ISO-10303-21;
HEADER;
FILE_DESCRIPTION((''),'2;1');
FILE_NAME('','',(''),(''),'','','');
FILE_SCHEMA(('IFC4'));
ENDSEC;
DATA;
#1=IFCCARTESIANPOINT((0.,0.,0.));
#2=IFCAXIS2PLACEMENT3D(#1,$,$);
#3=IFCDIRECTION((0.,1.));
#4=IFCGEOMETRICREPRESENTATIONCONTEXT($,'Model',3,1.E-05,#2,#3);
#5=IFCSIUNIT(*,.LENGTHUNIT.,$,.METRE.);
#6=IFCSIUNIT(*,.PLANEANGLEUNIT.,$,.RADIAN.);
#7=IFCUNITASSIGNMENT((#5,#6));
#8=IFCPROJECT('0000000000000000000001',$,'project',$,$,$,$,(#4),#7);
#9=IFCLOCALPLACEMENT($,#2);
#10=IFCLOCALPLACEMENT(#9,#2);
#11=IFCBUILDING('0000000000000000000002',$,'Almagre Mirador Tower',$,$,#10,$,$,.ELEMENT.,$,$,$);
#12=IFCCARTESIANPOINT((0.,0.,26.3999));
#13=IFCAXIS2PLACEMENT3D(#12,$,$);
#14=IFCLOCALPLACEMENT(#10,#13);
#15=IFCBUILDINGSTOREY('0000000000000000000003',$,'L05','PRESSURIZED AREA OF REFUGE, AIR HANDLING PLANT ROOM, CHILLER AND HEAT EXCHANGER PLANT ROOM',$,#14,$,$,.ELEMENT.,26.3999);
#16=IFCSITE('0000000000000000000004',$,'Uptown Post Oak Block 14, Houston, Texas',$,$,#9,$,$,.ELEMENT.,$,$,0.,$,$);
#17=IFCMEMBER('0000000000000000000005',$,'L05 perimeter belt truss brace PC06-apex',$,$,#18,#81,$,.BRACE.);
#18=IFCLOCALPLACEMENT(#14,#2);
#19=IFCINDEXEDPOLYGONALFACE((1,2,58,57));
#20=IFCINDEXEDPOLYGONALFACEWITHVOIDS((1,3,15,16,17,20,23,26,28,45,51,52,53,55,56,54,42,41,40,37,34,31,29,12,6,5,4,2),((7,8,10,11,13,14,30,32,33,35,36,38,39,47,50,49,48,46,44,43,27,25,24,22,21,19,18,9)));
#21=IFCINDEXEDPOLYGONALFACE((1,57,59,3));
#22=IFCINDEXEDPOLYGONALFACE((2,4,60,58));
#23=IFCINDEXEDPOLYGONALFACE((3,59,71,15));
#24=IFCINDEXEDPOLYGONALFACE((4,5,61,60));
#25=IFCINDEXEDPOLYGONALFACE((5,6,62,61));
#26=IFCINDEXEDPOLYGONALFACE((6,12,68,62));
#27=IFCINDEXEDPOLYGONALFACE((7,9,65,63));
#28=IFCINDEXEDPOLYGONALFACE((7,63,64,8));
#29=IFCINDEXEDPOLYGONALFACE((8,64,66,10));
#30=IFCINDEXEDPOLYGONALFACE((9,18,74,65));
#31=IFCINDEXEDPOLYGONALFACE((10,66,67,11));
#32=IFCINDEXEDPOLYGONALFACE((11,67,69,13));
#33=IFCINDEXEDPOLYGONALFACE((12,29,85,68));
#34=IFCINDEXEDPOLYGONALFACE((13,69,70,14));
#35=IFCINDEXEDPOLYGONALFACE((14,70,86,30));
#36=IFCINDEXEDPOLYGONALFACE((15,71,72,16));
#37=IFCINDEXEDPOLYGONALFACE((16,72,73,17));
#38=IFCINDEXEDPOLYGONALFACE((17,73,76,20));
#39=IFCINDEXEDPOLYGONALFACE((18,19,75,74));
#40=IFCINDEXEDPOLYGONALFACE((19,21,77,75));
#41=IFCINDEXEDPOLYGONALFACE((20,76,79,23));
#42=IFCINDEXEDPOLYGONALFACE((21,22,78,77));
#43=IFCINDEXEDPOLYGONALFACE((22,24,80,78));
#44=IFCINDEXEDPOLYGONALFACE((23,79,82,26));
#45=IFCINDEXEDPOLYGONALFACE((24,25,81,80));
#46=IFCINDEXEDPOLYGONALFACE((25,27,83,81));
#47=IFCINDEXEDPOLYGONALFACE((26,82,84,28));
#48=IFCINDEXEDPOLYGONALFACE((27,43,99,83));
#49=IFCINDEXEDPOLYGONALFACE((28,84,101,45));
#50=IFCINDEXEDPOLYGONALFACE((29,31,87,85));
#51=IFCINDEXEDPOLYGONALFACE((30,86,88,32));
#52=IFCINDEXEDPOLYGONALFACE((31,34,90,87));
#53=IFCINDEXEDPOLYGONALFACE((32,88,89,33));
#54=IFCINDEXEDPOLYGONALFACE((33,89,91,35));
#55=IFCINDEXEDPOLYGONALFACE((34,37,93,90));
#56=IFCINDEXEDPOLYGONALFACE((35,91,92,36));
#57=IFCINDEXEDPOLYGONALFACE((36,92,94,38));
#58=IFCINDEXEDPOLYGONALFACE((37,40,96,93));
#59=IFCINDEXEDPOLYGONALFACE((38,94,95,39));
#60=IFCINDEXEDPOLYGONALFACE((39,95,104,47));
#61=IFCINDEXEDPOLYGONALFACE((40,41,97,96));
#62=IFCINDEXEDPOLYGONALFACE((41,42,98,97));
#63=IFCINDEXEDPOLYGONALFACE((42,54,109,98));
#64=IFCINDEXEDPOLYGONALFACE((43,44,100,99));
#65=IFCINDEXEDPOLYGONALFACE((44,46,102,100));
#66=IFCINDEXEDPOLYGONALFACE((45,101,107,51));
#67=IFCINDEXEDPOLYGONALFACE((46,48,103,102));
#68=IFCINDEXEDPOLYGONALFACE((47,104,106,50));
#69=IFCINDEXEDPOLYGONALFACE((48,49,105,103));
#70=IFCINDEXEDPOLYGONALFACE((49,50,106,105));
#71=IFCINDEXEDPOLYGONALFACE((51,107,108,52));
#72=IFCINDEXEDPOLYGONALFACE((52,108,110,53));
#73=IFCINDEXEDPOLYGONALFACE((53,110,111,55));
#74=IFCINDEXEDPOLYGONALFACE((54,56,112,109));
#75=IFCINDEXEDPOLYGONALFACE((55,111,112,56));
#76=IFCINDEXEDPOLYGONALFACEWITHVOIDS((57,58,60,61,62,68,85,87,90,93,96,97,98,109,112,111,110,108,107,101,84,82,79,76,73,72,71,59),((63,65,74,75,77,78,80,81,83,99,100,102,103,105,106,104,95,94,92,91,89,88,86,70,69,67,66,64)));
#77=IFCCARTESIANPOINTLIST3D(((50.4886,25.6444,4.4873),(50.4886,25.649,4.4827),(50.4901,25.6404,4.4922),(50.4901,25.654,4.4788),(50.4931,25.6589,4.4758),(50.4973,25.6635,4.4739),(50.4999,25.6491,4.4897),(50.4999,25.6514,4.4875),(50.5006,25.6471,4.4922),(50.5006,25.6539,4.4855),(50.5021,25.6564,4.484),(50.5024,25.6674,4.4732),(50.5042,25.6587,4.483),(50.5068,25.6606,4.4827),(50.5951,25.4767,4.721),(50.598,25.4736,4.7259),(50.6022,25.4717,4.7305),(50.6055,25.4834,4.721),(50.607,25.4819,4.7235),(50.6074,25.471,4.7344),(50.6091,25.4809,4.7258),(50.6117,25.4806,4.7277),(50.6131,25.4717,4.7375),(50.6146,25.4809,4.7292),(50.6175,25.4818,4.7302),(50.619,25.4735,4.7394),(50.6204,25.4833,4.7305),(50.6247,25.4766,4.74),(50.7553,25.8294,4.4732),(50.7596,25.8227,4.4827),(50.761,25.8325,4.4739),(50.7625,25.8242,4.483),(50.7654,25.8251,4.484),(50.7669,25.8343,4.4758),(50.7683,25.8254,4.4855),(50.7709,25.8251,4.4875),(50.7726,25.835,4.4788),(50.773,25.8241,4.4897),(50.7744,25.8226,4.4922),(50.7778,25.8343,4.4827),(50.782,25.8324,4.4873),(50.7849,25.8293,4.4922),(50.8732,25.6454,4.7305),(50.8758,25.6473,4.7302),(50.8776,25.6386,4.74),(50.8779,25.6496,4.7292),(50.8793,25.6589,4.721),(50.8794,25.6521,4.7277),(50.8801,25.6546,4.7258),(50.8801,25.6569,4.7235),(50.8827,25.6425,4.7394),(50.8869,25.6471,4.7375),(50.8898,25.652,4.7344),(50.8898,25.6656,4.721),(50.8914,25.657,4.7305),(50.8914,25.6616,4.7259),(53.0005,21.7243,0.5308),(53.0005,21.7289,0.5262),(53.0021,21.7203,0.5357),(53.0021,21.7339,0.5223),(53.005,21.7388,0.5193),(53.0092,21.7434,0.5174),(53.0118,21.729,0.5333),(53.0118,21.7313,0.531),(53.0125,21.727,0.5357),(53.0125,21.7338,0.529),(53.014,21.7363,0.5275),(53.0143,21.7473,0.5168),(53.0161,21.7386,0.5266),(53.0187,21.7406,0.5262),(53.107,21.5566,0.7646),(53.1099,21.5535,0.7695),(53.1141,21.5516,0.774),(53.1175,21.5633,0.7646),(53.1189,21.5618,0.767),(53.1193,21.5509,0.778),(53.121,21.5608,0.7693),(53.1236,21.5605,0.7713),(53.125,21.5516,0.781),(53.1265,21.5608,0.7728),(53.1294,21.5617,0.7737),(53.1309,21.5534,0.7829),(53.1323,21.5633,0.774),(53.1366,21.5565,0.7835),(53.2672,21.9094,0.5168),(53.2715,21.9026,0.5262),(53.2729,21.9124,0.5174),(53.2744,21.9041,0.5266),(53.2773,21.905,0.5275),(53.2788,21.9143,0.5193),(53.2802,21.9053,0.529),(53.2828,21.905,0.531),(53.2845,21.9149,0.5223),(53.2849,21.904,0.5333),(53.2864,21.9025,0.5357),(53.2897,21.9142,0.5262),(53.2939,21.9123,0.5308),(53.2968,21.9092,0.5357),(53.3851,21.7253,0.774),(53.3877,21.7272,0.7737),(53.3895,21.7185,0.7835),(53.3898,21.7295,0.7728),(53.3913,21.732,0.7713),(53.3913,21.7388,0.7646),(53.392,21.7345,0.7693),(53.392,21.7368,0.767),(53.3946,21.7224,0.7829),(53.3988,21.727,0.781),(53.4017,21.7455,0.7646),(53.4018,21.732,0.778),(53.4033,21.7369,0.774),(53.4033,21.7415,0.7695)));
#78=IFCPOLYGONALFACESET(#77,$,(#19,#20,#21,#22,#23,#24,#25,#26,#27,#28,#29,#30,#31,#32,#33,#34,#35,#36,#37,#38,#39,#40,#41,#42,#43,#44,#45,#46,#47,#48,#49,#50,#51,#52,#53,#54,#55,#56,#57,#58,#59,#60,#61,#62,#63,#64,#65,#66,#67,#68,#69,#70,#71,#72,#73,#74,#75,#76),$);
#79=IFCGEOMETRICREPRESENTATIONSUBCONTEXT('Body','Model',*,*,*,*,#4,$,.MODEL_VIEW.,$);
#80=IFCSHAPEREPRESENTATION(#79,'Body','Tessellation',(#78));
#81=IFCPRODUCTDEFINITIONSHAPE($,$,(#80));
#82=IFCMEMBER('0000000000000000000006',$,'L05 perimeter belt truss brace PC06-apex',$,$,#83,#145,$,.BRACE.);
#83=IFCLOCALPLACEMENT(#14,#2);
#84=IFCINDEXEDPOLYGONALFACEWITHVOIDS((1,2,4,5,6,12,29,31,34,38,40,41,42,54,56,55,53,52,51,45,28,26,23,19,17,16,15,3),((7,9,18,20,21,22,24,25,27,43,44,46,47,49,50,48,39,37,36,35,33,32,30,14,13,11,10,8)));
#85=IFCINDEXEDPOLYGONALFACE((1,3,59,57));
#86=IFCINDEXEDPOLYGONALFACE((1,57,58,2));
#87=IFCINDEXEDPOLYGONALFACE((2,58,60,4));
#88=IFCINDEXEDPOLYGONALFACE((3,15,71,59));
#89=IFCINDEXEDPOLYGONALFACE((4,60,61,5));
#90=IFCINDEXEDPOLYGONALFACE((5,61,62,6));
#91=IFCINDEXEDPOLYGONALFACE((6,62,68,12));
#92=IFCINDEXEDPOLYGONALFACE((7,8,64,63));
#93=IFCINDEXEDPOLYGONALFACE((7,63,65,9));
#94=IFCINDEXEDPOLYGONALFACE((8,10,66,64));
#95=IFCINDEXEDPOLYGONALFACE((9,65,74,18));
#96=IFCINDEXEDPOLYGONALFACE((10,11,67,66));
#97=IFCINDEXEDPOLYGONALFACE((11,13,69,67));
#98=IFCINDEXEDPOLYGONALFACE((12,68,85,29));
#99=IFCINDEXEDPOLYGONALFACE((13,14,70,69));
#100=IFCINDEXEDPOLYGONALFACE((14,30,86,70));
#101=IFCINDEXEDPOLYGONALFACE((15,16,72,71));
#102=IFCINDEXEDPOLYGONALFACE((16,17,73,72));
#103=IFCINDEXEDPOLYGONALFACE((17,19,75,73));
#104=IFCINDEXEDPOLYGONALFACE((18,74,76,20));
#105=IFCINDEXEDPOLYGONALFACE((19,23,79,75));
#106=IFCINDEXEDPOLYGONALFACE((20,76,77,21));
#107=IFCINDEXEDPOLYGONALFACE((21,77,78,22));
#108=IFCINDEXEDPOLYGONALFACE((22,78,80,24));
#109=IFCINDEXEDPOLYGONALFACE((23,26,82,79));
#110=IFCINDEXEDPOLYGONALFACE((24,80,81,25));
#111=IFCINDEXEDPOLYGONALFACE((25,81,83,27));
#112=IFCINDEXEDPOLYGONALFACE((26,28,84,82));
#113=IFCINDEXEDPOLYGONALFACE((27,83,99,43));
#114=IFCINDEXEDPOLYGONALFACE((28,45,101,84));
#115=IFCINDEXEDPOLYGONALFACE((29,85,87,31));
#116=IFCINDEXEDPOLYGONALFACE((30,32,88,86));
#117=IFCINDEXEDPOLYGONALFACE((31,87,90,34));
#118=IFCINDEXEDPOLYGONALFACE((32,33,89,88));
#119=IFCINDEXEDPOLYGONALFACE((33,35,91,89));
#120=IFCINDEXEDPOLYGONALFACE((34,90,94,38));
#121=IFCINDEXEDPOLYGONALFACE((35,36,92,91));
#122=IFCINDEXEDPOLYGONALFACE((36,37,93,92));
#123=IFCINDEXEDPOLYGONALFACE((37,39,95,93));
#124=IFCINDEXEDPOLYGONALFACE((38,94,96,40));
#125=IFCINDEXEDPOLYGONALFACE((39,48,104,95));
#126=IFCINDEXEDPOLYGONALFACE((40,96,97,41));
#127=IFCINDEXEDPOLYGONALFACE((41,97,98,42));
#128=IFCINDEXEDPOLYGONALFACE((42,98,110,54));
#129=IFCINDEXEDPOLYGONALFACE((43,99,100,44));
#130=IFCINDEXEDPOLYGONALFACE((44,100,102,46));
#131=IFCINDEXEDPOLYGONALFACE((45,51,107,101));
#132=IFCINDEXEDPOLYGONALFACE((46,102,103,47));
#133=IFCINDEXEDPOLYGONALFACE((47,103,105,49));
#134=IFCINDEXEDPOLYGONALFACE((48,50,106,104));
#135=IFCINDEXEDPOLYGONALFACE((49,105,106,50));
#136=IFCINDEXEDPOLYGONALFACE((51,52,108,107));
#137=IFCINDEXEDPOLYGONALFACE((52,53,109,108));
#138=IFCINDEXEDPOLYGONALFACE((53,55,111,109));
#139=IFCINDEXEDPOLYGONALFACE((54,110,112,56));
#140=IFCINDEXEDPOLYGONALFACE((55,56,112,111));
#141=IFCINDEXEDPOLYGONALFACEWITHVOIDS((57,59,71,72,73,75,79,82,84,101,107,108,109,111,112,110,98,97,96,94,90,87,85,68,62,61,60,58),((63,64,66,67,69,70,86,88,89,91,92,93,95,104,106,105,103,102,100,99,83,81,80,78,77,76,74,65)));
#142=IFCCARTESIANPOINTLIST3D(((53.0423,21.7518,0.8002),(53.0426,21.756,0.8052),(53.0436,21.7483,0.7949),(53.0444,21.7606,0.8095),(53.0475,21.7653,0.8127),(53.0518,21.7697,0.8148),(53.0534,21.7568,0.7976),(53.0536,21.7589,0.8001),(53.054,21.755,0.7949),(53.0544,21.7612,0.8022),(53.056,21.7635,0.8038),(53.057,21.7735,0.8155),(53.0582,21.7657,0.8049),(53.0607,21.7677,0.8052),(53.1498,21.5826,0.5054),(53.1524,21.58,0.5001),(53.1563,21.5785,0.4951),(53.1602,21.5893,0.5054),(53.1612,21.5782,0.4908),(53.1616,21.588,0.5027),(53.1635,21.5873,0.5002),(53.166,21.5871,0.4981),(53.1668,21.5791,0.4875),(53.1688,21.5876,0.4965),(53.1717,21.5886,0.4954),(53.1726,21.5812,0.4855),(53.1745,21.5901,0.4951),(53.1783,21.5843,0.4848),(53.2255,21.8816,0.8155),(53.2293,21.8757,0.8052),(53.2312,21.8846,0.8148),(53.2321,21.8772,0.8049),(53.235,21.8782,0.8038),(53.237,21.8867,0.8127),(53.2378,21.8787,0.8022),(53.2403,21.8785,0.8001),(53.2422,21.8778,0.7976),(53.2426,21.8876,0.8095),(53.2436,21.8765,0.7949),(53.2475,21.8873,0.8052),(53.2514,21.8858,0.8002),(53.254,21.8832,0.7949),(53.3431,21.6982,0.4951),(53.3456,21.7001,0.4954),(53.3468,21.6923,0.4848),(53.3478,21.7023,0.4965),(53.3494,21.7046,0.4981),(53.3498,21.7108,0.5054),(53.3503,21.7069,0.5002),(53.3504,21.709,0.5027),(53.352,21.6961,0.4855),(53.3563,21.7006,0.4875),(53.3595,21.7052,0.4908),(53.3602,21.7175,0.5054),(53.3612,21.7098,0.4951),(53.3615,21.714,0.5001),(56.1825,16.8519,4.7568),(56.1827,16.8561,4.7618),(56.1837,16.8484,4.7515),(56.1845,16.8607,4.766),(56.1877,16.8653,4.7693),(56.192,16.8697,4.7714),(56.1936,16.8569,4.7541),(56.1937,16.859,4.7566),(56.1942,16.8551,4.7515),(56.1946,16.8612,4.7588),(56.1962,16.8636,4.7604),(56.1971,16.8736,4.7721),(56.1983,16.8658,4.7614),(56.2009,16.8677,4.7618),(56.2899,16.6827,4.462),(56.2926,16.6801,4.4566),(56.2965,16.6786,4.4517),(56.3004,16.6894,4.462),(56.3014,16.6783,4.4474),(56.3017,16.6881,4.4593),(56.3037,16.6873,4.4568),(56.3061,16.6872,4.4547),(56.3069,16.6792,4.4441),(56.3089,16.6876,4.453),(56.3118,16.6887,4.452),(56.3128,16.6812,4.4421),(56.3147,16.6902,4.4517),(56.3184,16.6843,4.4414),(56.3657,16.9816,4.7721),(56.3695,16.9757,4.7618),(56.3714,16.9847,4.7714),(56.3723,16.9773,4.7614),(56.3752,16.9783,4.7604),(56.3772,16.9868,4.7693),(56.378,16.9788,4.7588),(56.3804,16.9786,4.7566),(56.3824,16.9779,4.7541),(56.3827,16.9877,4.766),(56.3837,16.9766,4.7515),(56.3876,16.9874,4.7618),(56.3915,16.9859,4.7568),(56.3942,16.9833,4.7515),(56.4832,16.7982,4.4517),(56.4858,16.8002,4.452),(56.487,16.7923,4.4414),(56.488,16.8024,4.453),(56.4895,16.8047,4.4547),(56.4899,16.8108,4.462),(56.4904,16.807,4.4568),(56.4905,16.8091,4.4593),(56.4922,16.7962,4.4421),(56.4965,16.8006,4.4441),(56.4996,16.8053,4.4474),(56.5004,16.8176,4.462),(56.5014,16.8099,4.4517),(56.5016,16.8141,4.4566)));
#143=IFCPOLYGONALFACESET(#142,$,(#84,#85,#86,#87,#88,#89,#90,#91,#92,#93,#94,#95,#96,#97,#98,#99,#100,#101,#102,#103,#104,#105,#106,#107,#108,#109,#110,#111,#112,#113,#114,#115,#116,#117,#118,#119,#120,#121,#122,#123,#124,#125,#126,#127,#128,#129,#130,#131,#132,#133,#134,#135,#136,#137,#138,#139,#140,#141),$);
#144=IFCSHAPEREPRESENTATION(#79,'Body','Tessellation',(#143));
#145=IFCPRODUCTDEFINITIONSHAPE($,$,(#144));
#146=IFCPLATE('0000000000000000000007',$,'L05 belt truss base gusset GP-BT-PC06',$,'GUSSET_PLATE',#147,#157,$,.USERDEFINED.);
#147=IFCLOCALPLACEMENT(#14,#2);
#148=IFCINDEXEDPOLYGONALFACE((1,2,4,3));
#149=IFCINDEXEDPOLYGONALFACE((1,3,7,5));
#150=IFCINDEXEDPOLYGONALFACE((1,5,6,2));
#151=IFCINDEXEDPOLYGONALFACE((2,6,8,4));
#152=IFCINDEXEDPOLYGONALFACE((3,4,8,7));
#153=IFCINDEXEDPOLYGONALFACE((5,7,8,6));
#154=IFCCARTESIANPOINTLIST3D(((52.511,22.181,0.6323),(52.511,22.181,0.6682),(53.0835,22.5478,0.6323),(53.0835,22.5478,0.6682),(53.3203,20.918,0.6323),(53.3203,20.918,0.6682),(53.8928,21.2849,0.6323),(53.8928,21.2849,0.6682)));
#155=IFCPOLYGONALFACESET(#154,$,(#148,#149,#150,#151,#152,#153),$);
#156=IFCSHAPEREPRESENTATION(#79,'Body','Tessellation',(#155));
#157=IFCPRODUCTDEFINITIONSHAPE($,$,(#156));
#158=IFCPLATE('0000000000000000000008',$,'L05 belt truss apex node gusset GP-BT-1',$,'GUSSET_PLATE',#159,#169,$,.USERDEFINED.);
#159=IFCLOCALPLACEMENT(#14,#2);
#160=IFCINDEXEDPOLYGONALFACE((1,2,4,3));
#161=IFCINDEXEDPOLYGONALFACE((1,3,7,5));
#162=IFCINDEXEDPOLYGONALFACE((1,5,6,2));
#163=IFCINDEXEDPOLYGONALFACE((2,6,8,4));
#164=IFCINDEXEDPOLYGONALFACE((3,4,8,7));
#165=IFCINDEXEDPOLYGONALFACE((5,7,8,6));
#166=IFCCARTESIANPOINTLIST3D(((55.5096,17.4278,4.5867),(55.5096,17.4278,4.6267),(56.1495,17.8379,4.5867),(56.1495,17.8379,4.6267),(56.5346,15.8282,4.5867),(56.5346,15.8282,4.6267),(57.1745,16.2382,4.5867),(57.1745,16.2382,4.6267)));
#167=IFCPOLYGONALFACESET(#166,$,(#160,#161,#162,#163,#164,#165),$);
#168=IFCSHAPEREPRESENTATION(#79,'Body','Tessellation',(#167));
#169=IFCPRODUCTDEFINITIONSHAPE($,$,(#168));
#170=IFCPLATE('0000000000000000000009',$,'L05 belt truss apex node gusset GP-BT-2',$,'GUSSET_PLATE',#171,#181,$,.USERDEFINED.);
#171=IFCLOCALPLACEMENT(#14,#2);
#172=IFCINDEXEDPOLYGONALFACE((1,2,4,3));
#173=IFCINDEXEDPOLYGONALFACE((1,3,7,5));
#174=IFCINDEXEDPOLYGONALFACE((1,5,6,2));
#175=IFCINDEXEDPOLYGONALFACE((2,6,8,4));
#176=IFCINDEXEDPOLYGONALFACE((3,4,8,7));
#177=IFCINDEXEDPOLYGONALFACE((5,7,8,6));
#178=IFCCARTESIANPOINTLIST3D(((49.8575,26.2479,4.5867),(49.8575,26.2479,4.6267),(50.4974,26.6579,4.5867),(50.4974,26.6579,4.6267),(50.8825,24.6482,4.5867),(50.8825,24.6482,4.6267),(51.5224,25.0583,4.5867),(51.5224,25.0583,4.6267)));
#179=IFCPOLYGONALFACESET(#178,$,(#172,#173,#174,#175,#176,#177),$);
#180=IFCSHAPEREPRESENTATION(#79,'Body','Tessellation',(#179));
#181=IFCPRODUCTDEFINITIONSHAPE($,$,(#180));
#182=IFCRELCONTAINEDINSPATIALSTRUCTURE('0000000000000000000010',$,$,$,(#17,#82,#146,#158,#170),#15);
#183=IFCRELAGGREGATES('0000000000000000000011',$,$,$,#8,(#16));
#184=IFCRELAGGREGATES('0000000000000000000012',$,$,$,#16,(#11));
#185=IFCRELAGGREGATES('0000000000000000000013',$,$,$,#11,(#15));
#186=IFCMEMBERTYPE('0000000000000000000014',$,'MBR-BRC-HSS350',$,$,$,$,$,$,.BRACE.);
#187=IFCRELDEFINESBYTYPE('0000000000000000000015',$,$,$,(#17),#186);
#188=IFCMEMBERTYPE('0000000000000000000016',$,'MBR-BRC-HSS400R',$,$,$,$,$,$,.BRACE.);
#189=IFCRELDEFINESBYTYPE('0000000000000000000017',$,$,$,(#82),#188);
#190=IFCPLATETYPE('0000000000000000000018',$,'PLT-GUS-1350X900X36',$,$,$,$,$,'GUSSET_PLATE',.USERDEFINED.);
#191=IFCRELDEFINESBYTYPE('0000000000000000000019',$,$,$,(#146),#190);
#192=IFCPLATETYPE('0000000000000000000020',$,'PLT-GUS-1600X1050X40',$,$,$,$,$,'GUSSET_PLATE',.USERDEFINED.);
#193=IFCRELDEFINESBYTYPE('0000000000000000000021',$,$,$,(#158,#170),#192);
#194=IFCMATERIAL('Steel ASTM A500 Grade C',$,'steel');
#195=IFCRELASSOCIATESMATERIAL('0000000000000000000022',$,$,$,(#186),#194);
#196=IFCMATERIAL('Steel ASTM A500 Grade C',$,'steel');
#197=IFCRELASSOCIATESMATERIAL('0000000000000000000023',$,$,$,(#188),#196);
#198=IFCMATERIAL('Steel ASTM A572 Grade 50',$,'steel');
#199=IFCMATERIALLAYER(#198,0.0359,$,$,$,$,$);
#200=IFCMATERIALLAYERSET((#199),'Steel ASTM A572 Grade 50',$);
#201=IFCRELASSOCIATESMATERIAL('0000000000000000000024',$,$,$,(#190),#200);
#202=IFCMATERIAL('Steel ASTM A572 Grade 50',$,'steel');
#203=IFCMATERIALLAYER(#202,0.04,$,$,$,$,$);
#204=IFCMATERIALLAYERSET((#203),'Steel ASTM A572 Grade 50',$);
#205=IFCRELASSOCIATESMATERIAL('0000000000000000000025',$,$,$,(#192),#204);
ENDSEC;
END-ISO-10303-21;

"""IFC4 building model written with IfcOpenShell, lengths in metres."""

from ifc_helpers import new_model, si_unit, direction, frame, origin, origin_2d, place, context, subcontext, project, spatial, rectangle, hollow_rectangle, extrude, material, layer, layer_set, material_profile, profile_set, type_object, element, save


model = new_model("IFC4")

# Units and contexts
model_context = context("Model", 3, precision=1e-05, world=origin(), true_north=direction((0.0, 1.0)))
body_context = subcontext(model_context, "Body", "Model", "MODEL_VIEW")
ifc_project = project(units=[si_unit("LENGTHUNIT", "METRE"), si_unit("PLANEANGLEUNIT", "RADIAN")], contexts=[model_context])

# Site, building, storey
site_placement = place(None, origin())
site = spatial("IfcSite", under=ifc_project, at=site_placement, Name="Uptown Post Oak Block 14, Houston, Texas", CompositionType="ELEMENT", RefElevation=0.0)
building_placement = place(site_placement, origin())
building = spatial("IfcBuilding", under=site, at=building_placement, Name="Almagre Mirador Tower", CompositionType="ELEMENT")
storey_placement = place(building_placement, frame((0.0, 0.0, 26.3999)))
storey = spatial("IfcBuildingStorey", under=building, at=storey_placement, Name="L05", Description="PRESSURIZED AREA OF REFUGE, AIR HANDLING PLANT ROOM, CHILLER AND HEAT EXCHANGER PLANT ROOM", CompositionType="ELEMENT", Elevation=26.3999)

# Members
ifc_material_1 = material(Name="Steel ASTM A500 Grade C", Category="steel")
ifc_material_profile_1 = material_profile(ifc_material_1, hollow_rectangle(XDim=0.3501, YDim=0.3501, WallThickness=0.0125, InnerFilletRadius=0.0125, OuterFilletRadius=0.0249, at=origin_2d()), Name="HSS350X350X12.5")
ifc_profile_set_1 = profile_set([ifc_material_profile_1], Name="Steel ASTM A500 Grade C")
member_type_1 = type_object("IfcMemberType", Name="MBR-BRC-HSS350", PredefinedType="BRACE", material=ifc_profile_set_1)
member_1_placement = place(storey_placement, frame((53.2019, 21.7329, 0.6501), z_axis=(-0.411124, 0.6416, 0.647554), x_axis=(-0.841973, -0.539519, 0.0)))
element("IfcMember", 1, at=member_1_placement, inside=storey, type_object=member_type_1, Name="L05 perimeter belt truss brace PC06-apex", PredefinedType="BRACE", context=body_context, shape_type="SweptSolid", body=[
    extrude(hollow_rectangle(XDim=0.3501, YDim=0.3501, WallThickness=0.0125, InnerFilletRadius=0.0125, OuterFilletRadius=0.0249, at=origin_2d()), origin(), (0.0, 0.0, 1.0), 6.1099),
])
ifc_material_2 = material(Name="Steel ASTM A500 Grade C", Category="steel")
ifc_material_profile_2 = material_profile(ifc_material_2, hollow_rectangle(XDim=0.25, YDim=0.3999, WallThickness=0.0125, InnerFilletRadius=0.0125, OuterFilletRadius=0.0249, at=origin_2d()), Name="HSS400X250X12.5")
ifc_profile_set_2 = profile_set([ifc_material_profile_2], Name="Steel ASTM A500 Grade C")
member_type_2 = type_object("IfcMemberType", Name="MBR-BRC-HSS400R", PredefinedType="BRACE", material=ifc_profile_set_2)
member_2_placement = place(storey_placement, frame((53.2019, 21.7329, 0.6501), z_axis=(0.446213, -0.696275, 0.562224), x_axis=(0.841944, 0.539565, 0.0)))
element("IfcMember", 2, at=member_2_placement, inside=storey, type_object=member_type_2, Name="L05 perimeter belt truss brace PC06-apex", PredefinedType="BRACE", context=body_context, shape_type="SweptSolid", body=[
    extrude(hollow_rectangle(XDim=0.25, YDim=0.3999, WallThickness=0.0125, InnerFilletRadius=0.0125, OuterFilletRadius=0.0249, at=origin_2d()), origin(), (0.0, 0.0, 1.0), 7.0374),
])

# Plates
ifc_material_3 = material(Name="Steel ASTM A572 Grade 50", Category="steel")
ifc_layer_1 = layer(ifc_material_3, 0.0359)
ifc_layer_set_1 = layer_set([ifc_layer_1], Name="Steel ASTM A572 Grade 50")
plate_type_1 = type_object("IfcPlateType", Name="PLT-GUS-1350X900X36", ElementType="GUSSET_PLATE", PredefinedType="USERDEFINED", material=ifc_layer_set_1)
plate_placement = place(storey_placement, frame((53.2019, 21.7329, 0.6323), z_axis=(0.0, 0.0, 1.0), x_axis=(-0.539535, 0.841963, 0.0)))
element("IfcPlate", 3, at=plate_placement, inside=storey, type_object=plate_type_1, Name="L05 belt truss base gusset GP-BT-PC06", ObjectType="GUSSET_PLATE", PredefinedType="USERDEFINED", context=body_context, shape_type="SweptSolid", body=[
    extrude(rectangle(XDim=1.5, YDim=0.6799, at=origin_2d()), origin(), (0.0, 0.0, 1.0), 0.0359),
])
ifc_material_4 = material(Name="Steel ASTM A572 Grade 50", Category="steel")
ifc_layer_2 = layer(ifc_material_4, 0.04)
ifc_layer_set_2 = layer_set([ifc_layer_2], Name="Steel ASTM A572 Grade 50")
plate_type_2 = type_object("IfcPlateType", Name="PLT-GUS-1600X1050X40", ElementType="GUSSET_PLATE", PredefinedType="USERDEFINED", material=ifc_layer_set_2)
for number, where, z_axis, x_axis, name in (
    (4, (56.342, 16.833, 4.5867), (0.0, 0.0, 1.0), (-0.539535, 0.841963, 0.0), "L05 belt truss apex node gusset GP-BT-1"),
    (5, (50.6899, 25.6531, 4.5867), (0.0, 0.0, 1.0), (-0.539535, 0.841963, 0.0), "L05 belt truss apex node gusset GP-BT-2"),
):
    element("IfcPlate", number, at=place(storey_placement, frame(where, z_axis=z_axis, x_axis=x_axis)), inside=storey, type_object=plate_type_2, Name=name, ObjectType="GUSSET_PLATE", PredefinedType="USERDEFINED", context=body_context, shape_type="SweptSolid", body=[
        extrude(rectangle(XDim=1.8999, YDim=0.76, at=origin_2d()), origin(), (0.0, 0.0, 1.0), 0.04),
    ])

save(model, "model.ifc")
